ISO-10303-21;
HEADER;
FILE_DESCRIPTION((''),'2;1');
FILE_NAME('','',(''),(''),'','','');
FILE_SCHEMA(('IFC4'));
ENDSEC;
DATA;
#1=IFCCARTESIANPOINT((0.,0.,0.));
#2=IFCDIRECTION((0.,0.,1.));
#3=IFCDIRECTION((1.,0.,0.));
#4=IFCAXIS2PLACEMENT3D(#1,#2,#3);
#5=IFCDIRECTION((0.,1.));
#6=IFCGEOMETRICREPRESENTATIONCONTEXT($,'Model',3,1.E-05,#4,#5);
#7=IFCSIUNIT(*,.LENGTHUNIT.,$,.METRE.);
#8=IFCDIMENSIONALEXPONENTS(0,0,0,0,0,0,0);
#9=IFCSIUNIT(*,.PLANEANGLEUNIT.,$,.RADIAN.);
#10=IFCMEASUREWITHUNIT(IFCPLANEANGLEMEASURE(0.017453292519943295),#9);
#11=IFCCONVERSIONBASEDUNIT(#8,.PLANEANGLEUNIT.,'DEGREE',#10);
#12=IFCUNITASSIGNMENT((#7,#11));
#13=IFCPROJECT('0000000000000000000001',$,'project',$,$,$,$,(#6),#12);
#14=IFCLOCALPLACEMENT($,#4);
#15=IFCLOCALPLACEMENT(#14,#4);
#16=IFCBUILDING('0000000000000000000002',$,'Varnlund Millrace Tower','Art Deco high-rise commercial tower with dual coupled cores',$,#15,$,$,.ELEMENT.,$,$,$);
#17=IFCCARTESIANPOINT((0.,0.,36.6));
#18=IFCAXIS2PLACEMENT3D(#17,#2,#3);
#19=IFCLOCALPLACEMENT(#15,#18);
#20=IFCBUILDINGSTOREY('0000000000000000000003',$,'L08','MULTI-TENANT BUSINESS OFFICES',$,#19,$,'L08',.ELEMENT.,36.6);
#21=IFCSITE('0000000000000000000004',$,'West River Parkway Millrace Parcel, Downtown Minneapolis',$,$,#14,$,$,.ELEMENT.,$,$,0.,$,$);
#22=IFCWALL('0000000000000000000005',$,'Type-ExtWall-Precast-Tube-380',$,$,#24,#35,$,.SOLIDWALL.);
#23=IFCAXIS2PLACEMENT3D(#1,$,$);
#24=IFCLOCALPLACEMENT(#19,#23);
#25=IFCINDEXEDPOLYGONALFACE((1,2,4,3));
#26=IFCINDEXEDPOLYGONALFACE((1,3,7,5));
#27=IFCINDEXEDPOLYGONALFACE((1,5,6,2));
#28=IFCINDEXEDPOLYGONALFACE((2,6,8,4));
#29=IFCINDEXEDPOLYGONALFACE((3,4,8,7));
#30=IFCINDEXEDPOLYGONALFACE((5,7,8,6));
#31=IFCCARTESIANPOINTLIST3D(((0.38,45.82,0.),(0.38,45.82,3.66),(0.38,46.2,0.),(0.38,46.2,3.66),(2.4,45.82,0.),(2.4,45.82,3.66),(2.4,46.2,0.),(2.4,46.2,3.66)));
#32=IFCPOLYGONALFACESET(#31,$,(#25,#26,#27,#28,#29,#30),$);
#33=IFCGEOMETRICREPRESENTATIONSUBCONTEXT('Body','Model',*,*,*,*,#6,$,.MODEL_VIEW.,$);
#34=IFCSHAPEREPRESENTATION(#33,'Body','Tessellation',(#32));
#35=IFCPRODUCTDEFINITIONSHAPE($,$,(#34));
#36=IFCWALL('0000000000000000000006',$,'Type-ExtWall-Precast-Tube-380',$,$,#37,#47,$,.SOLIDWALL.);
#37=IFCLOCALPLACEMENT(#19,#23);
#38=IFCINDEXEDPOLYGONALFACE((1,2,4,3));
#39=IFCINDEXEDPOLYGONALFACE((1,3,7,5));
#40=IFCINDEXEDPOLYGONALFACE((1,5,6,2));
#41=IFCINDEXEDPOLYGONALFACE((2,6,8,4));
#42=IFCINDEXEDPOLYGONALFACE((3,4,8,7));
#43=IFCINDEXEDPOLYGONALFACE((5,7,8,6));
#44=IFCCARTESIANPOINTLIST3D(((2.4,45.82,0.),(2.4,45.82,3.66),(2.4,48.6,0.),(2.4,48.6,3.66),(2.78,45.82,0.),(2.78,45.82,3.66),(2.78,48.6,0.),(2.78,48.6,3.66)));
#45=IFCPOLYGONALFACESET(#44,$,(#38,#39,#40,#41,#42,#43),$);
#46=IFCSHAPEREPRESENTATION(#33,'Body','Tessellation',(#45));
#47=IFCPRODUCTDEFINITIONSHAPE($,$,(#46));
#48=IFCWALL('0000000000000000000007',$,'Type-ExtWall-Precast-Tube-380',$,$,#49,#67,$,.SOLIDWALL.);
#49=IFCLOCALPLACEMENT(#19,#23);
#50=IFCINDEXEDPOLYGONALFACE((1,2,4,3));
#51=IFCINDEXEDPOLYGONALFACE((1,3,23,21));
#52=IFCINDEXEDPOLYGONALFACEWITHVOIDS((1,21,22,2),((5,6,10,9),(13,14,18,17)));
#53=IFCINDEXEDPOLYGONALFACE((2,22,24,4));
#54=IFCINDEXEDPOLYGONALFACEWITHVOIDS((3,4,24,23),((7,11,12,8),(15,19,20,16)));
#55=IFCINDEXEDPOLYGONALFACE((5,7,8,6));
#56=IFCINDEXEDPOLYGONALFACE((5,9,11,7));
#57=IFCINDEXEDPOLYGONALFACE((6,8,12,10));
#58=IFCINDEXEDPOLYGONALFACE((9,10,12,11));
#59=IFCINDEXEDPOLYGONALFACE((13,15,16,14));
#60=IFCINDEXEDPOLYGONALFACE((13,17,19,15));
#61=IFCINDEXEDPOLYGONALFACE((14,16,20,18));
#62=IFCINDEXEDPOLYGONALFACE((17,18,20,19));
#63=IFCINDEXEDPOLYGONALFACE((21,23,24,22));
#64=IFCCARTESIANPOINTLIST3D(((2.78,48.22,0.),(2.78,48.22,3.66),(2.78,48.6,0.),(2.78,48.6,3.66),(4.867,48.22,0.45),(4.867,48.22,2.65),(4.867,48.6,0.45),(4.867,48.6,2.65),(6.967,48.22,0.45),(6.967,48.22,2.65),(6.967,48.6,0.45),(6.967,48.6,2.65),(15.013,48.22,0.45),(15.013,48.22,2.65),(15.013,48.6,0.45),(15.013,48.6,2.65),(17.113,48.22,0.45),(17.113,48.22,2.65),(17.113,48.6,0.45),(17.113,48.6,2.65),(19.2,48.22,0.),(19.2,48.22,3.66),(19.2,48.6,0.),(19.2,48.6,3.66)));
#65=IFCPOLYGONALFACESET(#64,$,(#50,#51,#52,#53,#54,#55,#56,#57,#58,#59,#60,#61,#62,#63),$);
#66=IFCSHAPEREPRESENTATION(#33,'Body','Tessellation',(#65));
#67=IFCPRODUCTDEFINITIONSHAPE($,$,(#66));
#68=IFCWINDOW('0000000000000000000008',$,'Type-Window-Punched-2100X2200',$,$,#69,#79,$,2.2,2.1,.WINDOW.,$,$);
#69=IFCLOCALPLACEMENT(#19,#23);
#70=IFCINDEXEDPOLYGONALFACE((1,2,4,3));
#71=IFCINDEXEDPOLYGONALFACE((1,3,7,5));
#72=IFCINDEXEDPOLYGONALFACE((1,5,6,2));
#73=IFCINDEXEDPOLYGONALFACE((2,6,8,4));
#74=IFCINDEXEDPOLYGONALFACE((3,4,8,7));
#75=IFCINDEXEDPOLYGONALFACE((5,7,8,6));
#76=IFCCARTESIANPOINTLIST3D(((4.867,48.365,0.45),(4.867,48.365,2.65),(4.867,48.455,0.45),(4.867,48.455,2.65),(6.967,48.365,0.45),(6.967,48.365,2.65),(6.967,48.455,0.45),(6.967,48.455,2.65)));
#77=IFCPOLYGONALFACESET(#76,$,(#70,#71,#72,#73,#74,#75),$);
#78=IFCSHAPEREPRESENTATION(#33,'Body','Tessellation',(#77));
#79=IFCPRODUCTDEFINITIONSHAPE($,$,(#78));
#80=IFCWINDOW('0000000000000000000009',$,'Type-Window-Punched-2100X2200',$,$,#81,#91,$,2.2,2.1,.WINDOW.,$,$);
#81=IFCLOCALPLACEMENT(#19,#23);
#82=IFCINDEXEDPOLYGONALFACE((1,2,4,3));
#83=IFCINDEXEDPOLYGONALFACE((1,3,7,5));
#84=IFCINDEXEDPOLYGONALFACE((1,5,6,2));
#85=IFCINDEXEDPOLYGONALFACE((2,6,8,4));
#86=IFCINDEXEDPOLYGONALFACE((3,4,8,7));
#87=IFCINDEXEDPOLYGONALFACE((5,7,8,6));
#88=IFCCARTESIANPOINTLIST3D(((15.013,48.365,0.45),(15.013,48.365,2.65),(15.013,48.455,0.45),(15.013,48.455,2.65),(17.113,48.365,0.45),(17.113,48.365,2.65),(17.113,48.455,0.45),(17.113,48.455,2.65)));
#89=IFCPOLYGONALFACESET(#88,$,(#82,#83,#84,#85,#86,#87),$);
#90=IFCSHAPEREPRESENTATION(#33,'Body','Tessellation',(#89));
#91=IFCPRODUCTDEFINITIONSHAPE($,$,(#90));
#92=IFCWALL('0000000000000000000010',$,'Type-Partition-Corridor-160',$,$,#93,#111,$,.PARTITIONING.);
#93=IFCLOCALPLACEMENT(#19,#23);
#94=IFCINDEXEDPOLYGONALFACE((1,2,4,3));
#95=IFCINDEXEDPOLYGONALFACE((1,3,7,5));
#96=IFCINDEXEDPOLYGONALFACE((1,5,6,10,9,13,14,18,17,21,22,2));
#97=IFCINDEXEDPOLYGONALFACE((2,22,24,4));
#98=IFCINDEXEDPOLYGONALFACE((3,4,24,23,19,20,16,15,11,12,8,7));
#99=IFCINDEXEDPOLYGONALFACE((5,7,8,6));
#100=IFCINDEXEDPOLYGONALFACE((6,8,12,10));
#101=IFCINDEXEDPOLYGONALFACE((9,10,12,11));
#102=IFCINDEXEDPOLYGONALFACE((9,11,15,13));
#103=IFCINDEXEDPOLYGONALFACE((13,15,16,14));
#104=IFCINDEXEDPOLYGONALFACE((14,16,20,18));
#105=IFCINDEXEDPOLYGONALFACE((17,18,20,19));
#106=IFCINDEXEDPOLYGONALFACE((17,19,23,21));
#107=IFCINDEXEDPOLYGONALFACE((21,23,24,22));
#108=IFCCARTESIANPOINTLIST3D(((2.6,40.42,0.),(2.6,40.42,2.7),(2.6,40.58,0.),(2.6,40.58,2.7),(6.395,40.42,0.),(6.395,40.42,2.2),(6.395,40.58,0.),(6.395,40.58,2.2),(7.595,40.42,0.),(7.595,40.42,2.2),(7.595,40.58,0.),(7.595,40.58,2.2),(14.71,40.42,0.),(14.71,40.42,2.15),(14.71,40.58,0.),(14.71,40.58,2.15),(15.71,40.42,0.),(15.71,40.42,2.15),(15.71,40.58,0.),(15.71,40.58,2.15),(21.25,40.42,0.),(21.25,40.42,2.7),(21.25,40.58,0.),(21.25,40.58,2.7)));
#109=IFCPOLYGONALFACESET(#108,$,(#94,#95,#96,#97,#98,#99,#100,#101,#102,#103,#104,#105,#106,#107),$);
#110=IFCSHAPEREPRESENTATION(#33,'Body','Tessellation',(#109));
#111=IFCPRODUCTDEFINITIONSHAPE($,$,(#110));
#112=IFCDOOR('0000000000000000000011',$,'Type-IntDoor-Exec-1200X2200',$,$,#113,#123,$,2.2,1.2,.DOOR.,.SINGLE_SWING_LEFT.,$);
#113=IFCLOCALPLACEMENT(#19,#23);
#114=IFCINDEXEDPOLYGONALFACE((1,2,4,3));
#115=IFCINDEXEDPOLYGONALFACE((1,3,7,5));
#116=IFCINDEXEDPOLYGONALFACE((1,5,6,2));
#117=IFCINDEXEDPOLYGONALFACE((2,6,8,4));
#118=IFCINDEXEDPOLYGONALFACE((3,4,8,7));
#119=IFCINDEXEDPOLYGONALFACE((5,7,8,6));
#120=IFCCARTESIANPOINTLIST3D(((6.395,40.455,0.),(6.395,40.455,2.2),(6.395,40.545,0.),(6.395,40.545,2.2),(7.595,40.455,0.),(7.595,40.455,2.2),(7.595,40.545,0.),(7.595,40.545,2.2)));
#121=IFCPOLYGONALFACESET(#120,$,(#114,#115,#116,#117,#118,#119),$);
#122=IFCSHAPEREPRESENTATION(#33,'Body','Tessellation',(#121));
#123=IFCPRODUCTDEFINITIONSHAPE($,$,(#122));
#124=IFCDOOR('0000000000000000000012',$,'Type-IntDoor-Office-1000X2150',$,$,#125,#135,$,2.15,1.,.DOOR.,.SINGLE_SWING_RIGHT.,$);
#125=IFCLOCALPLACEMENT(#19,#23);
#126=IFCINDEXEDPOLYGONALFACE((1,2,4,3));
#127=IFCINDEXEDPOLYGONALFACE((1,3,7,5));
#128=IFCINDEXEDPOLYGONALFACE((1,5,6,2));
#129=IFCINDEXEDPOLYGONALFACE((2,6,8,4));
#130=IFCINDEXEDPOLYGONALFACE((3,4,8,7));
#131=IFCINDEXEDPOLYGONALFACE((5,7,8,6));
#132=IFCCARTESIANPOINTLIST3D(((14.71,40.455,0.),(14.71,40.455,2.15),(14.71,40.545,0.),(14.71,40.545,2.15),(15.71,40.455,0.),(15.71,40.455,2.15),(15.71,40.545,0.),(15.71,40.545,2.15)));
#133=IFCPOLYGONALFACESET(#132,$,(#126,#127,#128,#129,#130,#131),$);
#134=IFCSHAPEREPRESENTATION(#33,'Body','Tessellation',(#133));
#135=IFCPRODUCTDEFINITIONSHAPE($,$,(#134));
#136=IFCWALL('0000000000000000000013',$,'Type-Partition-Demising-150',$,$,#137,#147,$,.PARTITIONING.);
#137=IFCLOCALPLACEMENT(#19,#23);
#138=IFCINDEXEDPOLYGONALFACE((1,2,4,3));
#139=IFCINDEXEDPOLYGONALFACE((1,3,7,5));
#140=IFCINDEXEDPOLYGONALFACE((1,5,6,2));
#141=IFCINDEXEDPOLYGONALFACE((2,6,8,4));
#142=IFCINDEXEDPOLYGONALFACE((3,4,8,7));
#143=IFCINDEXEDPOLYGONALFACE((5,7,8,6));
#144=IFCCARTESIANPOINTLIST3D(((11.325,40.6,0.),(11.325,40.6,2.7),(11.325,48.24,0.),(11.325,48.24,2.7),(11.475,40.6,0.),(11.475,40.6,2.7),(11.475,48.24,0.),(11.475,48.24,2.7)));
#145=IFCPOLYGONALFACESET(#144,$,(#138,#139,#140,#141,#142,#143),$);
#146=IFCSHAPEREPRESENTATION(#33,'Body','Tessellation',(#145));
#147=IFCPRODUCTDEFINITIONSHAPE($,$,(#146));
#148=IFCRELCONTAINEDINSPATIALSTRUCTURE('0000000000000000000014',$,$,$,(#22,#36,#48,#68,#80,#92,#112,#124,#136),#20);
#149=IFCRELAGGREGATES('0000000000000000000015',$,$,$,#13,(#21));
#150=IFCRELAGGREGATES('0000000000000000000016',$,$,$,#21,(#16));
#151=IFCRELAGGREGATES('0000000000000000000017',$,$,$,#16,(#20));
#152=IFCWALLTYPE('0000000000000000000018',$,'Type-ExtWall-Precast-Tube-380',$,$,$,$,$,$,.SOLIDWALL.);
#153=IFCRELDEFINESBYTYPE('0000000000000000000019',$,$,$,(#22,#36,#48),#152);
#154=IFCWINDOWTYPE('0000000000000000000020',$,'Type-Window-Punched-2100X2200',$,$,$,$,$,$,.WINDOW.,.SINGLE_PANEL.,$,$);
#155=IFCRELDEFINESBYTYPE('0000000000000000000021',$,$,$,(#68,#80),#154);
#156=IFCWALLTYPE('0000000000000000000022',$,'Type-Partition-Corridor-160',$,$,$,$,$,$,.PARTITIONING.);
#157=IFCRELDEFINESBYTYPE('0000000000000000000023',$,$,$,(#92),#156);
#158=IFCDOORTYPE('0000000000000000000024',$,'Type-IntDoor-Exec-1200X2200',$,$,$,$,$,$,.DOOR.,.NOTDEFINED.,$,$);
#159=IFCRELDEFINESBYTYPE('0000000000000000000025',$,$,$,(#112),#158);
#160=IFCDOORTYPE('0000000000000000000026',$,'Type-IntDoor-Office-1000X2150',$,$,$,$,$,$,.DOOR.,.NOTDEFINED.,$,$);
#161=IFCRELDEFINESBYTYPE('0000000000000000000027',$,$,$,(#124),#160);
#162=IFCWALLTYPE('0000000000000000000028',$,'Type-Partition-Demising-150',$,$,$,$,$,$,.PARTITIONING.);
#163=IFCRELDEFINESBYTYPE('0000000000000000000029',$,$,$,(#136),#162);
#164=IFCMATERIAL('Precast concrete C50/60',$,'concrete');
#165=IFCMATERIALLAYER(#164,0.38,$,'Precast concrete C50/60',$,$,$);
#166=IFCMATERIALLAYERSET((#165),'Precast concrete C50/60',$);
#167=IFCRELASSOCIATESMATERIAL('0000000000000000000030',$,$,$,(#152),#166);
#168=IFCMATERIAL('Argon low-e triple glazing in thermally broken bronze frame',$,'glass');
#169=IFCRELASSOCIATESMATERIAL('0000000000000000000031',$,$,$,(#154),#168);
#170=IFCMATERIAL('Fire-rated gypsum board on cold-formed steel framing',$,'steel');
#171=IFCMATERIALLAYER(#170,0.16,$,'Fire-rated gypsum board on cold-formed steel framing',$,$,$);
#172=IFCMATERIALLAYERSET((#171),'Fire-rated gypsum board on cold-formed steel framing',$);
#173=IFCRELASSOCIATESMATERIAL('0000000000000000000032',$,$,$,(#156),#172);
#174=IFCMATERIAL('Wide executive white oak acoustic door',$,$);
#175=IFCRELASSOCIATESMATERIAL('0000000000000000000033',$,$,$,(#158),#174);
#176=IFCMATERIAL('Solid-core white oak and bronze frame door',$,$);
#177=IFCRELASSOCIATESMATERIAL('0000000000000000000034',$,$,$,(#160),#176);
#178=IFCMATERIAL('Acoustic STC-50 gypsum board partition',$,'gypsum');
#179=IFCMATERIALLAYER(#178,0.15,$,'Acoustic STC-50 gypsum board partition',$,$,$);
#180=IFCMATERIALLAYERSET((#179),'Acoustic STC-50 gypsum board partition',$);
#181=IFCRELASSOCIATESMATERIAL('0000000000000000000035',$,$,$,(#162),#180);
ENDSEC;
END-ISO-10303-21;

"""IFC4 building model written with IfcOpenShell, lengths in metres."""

from ifc_helpers import new_model, entity, si_unit, converted_unit, direction, frame, origin_with_axes, origin_2d_with_axis, place, context, subcontext, project, spatial, polyline, rectangle, outline, extrude, material, layer, layer_set, type_object, element, fill, save


model = new_model("IFC4")

# Units and contexts
model_context = context("Model", 3, precision=1e-05, world=origin_with_axes(), true_north=direction((0.0, 1.0)))
body_context = subcontext(model_context, "Body", "Model", "MODEL_VIEW")
ifc_project = project(units=[si_unit("LENGTHUNIT", "METRE"), converted_unit("PLANEANGLEUNIT", "DEGREE", entity("IfcPlaneAngleMeasure", 0.017453292519943295), si_unit("PLANEANGLEUNIT", "RADIAN"), dimensions=[0, 0, 0, 0, 0, 0, 0])], contexts=[model_context])

# Site, building, storey
site_placement = place(None, origin_with_axes())
site = spatial("IfcSite", under=ifc_project, at=site_placement, Name="West River Parkway Millrace Parcel, Downtown Minneapolis", CompositionType="ELEMENT", RefElevation=0.0)
building_placement = place(site_placement, origin_with_axes())
building = spatial("IfcBuilding", under=site, at=building_placement, Name="Varnlund Millrace Tower", Description="Art Deco high-rise commercial tower with dual coupled cores", CompositionType="ELEMENT")
storey_placement = place(building_placement, frame((0.0, 0.0, 36.6), z_axis=(0.0, 0.0, 1.0), x_axis=(1.0, 0.0, 0.0)))
storey = spatial("IfcBuildingStorey", under=building, at=storey_placement, Name="L08", Description="MULTI-TENANT BUSINESS OFFICES", LongName="L08", CompositionType="ELEMENT", Elevation=36.6)

# Walls
ifc_material_1 = material(Name="Precast concrete C50/60", Category="concrete")
ifc_layer_1 = layer(ifc_material_1, 0.38, Name="Precast concrete C50/60")
ifc_layer_set_1 = layer_set([ifc_layer_1], Name="Precast concrete C50/60")
wall_type_1 = type_object("IfcWallType", Name="Type-ExtWall-Precast-Tube-380", PredefinedType="SOLIDWALL", material=ifc_layer_set_1)
wall_1_placement = place(storey_placement, frame((0.38, 46.01, 0.0), z_axis=(0.0, 0.0, 1.0), x_axis=(1.0, 0.0, 0.0)))
element("IfcWall", 1, at=wall_1_placement, inside=storey, type_object=wall_type_1, Name="Type-ExtWall-Precast-Tube-380", PredefinedType="SOLIDWALL", context=body_context, shape_type="SweptSolid", body=[
    extrude(outline(polyline([(0.0, -0.19), (2.02, -0.19), (2.02, 0.19), (0.0, 0.19), (0.0, -0.19)])), origin_with_axes(), (0.0, 0.0, 1.0), 3.66),
])
wall_2_placement = place(storey_placement, frame((2.59, 45.82, 0.0), z_axis=(0.0, 0.0, 1.0), x_axis=(0.0, 1.0, 0.0)))
element("IfcWall", 2, at=wall_2_placement, inside=storey, type_object=wall_type_1, Name="Type-ExtWall-Precast-Tube-380", PredefinedType="SOLIDWALL", context=body_context, shape_type="SweptSolid", body=[
    extrude(outline(polyline([(0.0, -0.19), (2.78, -0.19), (2.78, 0.19), (0.0, 0.19), (0.0, -0.19)])), origin_with_axes(), (0.0, 0.0, 1.0), 3.66),
])

# Wall, openings, windows
wall_3_placement = place(storey_placement, frame((2.78, 48.41, 0.0), z_axis=(0.0, 0.0, 1.0), x_axis=(1.0, 0.0, 0.0)))
wall_3 = element("IfcWall", 3, at=wall_3_placement, inside=storey, type_object=wall_type_1, Name="Type-ExtWall-Precast-Tube-380", PredefinedType="SOLIDWALL", context=body_context, shape_type="SweptSolid", body=[
    extrude(outline(polyline([(0.0, -0.19), (16.42, -0.19), (16.42, 0.19), (0.0, 0.19), (0.0, -0.19)])), origin_with_axes(), (0.0, 0.0, 1.0), 3.66),
])
opening_1_placement = place(wall_3_placement, frame((3.137, 0.0, 0.45), z_axis=(0.0, 0.0, 1.0), x_axis=(1.0, 0.0, 0.0)))
opening_1 = element("IfcOpeningElement", 4, at=opening_1_placement, cuts=wall_3, PredefinedType="OPENING", context=body_context, shape_type="SweptSolid", body=[
    extrude(rectangle(XDim=2.1, YDim=0.4, at=origin_2d_with_axis()), origin_with_axes(), (0.0, 0.0, 1.0), 2.2),
])
opening_2_placement = place(wall_3_placement, frame((13.283, 0.0, 0.45), z_axis=(0.0, 0.0, 1.0), x_axis=(1.0, 0.0, 0.0)))
opening_2 = element("IfcOpeningElement", 5, at=opening_2_placement, cuts=wall_3, PredefinedType="OPENING", context=body_context, shape_type="SweptSolid", body=[
    extrude(rectangle(XDim=2.1, YDim=0.4, at=origin_2d_with_axis()), origin_with_axes(), (0.0, 0.0, 1.0), 2.2),
])
ifc_material_2 = material(Name="Argon low-e triple glazing in thermally broken bronze frame", Category="glass")
window_type = type_object("IfcWindowType", Name="Type-Window-Punched-2100X2200", PartitioningType="SINGLE_PANEL", PredefinedType="WINDOW", material=ifc_material_2)
window_1_placement = place(wall_3_placement, frame((3.137, 0.0, 0.45), z_axis=(0.0, 0.0, 1.0), x_axis=(1.0, 0.0, 0.0)))
window_1 = element("IfcWindow", 6, at=window_1_placement, inside=storey, type_object=window_type, Name="Type-Window-Punched-2100X2200", OverallHeight=2.2, OverallWidth=2.1, PredefinedType="WINDOW", context=body_context, shape_type="SweptSolid", body=[
    extrude(rectangle(XDim=2.1, YDim=0.09, at=origin_2d_with_axis()), origin_with_axes(), (0.0, 0.0, 1.0), 2.2),
])
fill(opening_1, window_1)
window_2_placement = place(wall_3_placement, frame((13.283, 0.0, 0.45), z_axis=(0.0, 0.0, 1.0), x_axis=(1.0, 0.0, 0.0)))
window_2 = element("IfcWindow", 7, at=window_2_placement, inside=storey, type_object=window_type, Name="Type-Window-Punched-2100X2200", OverallHeight=2.2, OverallWidth=2.1, PredefinedType="WINDOW", context=body_context, shape_type="SweptSolid", body=[
    extrude(rectangle(XDim=2.1, YDim=0.09, at=origin_2d_with_axis()), origin_with_axes(), (0.0, 0.0, 1.0), 2.2),
])
fill(opening_2, window_2)

# Wall, openings, doors
ifc_material_3 = material(Name="Fire-rated gypsum board on cold-formed steel framing", Category="steel")
ifc_layer_2 = layer(ifc_material_3, 0.16, Name="Fire-rated gypsum board on cold-formed steel framing")
ifc_layer_set_2 = layer_set([ifc_layer_2], Name="Fire-rated gypsum board on cold-formed steel framing")
wall_type_2 = type_object("IfcWallType", Name="Type-Partition-Corridor-160", PredefinedType="PARTITIONING", material=ifc_layer_set_2)
wall_4_placement = place(storey_placement, frame((2.6, 40.5, 0.0), z_axis=(0.0, 0.0, 1.0), x_axis=(1.0, 0.0, 0.0)))
wall_4 = element("IfcWall", 8, at=wall_4_placement, inside=storey, type_object=wall_type_2, Name="Type-Partition-Corridor-160", PredefinedType="PARTITIONING", context=body_context, shape_type="SweptSolid", body=[
    extrude(outline(polyline([(0.0, -0.08), (18.65, -0.08), (18.65, 0.08), (0.0, 0.08), (0.0, -0.08)])), origin_with_axes(), (0.0, 0.0, 1.0), 2.7),
])
opening_3_placement = place(wall_4_placement, frame((4.395, 0.0, 0.0), z_axis=(0.0, 0.0, 1.0), x_axis=(1.0, 0.0, 0.0)))
opening_3 = element("IfcOpeningElement", 9, at=opening_3_placement, cuts=wall_4, PredefinedType="OPENING", context=body_context, shape_type="SweptSolid", body=[
    extrude(rectangle(XDim=1.2, YDim=0.18, at=origin_2d_with_axis()), origin_with_axes(), (0.0, 0.0, 1.0), 2.2),
])
opening_4_placement = place(wall_4_placement, frame((12.61, 0.0, 0.0), z_axis=(0.0, 0.0, 1.0), x_axis=(1.0, 0.0, 0.0)))
opening_4 = element("IfcOpeningElement", 10, at=opening_4_placement, cuts=wall_4, PredefinedType="OPENING", context=body_context, shape_type="SweptSolid", body=[
    extrude(rectangle(XDim=1.0, YDim=0.18, at=origin_2d_with_axis()), origin_with_axes(), (0.0, 0.0, 1.0), 2.15),
])
ifc_material_4 = material(Name="Wide executive white oak acoustic door")
door_type_1 = type_object("IfcDoorType", Name="Type-IntDoor-Exec-1200X2200", OperationType="NOTDEFINED", PredefinedType="DOOR", material=ifc_material_4)
door_1_placement = place(wall_4_placement, frame((4.395, 0.0, 0.0), z_axis=(0.0, 0.0, 1.0), x_axis=(1.0, 0.0, 0.0)))
door_1 = element("IfcDoor", 11, at=door_1_placement, inside=storey, type_object=door_type_1, Name="Type-IntDoor-Exec-1200X2200", OperationType="SINGLE_SWING_LEFT", OverallHeight=2.2, OverallWidth=1.2, PredefinedType="DOOR", context=body_context, shape_type="SweptSolid", body=[
    extrude(rectangle(XDim=1.2, YDim=0.09, at=origin_2d_with_axis()), origin_with_axes(), (0.0, 0.0, 1.0), 2.2),
])
fill(opening_3, door_1)
ifc_material_5 = material(Name="Solid-core white oak and bronze frame door")
door_type_2 = type_object("IfcDoorType", Name="Type-IntDoor-Office-1000X2150", OperationType="NOTDEFINED", PredefinedType="DOOR", material=ifc_material_5)
door_2_placement = place(wall_4_placement, frame((12.61, 0.0, 0.0), z_axis=(0.0, 0.0, 1.0), x_axis=(1.0, 0.0, 0.0)))
door_2 = element("IfcDoor", 12, at=door_2_placement, inside=storey, type_object=door_type_2, Name="Type-IntDoor-Office-1000X2150", OperationType="SINGLE_SWING_RIGHT", OverallHeight=2.15, OverallWidth=1.0, PredefinedType="DOOR", context=body_context, shape_type="SweptSolid", body=[
    extrude(rectangle(XDim=1.0, YDim=0.09, at=origin_2d_with_axis()), origin_with_axes(), (0.0, 0.0, 1.0), 2.15),
])
fill(opening_4, door_2)

# Wall
ifc_material_6 = material(Name="Acoustic STC-50 gypsum board partition", Category="gypsum")
ifc_layer_3 = layer(ifc_material_6, 0.15, Name="Acoustic STC-50 gypsum board partition")
ifc_layer_set_3 = layer_set([ifc_layer_3], Name="Acoustic STC-50 gypsum board partition")
wall_type_3 = type_object("IfcWallType", Name="Type-Partition-Demising-150", PredefinedType="PARTITIONING", material=ifc_layer_set_3)
wall_5_placement = place(storey_placement, frame((11.4, 40.6, 0.0), z_axis=(0.0, 0.0, 1.0), x_axis=(0.0, 1.0, 0.0)))
element("IfcWall", 13, at=wall_5_placement, inside=storey, type_object=wall_type_3, Name="Type-Partition-Demising-150", PredefinedType="PARTITIONING", context=body_context, shape_type="SweptSolid", body=[
    extrude(outline(polyline([(0.0, -0.075), (7.64, -0.075), (7.64, 0.075), (0.0, 0.075), (0.0, -0.075)])), origin_with_axes(), (0.0, 0.0, 1.0), 2.7),
])

save(model, "model.ifc")
